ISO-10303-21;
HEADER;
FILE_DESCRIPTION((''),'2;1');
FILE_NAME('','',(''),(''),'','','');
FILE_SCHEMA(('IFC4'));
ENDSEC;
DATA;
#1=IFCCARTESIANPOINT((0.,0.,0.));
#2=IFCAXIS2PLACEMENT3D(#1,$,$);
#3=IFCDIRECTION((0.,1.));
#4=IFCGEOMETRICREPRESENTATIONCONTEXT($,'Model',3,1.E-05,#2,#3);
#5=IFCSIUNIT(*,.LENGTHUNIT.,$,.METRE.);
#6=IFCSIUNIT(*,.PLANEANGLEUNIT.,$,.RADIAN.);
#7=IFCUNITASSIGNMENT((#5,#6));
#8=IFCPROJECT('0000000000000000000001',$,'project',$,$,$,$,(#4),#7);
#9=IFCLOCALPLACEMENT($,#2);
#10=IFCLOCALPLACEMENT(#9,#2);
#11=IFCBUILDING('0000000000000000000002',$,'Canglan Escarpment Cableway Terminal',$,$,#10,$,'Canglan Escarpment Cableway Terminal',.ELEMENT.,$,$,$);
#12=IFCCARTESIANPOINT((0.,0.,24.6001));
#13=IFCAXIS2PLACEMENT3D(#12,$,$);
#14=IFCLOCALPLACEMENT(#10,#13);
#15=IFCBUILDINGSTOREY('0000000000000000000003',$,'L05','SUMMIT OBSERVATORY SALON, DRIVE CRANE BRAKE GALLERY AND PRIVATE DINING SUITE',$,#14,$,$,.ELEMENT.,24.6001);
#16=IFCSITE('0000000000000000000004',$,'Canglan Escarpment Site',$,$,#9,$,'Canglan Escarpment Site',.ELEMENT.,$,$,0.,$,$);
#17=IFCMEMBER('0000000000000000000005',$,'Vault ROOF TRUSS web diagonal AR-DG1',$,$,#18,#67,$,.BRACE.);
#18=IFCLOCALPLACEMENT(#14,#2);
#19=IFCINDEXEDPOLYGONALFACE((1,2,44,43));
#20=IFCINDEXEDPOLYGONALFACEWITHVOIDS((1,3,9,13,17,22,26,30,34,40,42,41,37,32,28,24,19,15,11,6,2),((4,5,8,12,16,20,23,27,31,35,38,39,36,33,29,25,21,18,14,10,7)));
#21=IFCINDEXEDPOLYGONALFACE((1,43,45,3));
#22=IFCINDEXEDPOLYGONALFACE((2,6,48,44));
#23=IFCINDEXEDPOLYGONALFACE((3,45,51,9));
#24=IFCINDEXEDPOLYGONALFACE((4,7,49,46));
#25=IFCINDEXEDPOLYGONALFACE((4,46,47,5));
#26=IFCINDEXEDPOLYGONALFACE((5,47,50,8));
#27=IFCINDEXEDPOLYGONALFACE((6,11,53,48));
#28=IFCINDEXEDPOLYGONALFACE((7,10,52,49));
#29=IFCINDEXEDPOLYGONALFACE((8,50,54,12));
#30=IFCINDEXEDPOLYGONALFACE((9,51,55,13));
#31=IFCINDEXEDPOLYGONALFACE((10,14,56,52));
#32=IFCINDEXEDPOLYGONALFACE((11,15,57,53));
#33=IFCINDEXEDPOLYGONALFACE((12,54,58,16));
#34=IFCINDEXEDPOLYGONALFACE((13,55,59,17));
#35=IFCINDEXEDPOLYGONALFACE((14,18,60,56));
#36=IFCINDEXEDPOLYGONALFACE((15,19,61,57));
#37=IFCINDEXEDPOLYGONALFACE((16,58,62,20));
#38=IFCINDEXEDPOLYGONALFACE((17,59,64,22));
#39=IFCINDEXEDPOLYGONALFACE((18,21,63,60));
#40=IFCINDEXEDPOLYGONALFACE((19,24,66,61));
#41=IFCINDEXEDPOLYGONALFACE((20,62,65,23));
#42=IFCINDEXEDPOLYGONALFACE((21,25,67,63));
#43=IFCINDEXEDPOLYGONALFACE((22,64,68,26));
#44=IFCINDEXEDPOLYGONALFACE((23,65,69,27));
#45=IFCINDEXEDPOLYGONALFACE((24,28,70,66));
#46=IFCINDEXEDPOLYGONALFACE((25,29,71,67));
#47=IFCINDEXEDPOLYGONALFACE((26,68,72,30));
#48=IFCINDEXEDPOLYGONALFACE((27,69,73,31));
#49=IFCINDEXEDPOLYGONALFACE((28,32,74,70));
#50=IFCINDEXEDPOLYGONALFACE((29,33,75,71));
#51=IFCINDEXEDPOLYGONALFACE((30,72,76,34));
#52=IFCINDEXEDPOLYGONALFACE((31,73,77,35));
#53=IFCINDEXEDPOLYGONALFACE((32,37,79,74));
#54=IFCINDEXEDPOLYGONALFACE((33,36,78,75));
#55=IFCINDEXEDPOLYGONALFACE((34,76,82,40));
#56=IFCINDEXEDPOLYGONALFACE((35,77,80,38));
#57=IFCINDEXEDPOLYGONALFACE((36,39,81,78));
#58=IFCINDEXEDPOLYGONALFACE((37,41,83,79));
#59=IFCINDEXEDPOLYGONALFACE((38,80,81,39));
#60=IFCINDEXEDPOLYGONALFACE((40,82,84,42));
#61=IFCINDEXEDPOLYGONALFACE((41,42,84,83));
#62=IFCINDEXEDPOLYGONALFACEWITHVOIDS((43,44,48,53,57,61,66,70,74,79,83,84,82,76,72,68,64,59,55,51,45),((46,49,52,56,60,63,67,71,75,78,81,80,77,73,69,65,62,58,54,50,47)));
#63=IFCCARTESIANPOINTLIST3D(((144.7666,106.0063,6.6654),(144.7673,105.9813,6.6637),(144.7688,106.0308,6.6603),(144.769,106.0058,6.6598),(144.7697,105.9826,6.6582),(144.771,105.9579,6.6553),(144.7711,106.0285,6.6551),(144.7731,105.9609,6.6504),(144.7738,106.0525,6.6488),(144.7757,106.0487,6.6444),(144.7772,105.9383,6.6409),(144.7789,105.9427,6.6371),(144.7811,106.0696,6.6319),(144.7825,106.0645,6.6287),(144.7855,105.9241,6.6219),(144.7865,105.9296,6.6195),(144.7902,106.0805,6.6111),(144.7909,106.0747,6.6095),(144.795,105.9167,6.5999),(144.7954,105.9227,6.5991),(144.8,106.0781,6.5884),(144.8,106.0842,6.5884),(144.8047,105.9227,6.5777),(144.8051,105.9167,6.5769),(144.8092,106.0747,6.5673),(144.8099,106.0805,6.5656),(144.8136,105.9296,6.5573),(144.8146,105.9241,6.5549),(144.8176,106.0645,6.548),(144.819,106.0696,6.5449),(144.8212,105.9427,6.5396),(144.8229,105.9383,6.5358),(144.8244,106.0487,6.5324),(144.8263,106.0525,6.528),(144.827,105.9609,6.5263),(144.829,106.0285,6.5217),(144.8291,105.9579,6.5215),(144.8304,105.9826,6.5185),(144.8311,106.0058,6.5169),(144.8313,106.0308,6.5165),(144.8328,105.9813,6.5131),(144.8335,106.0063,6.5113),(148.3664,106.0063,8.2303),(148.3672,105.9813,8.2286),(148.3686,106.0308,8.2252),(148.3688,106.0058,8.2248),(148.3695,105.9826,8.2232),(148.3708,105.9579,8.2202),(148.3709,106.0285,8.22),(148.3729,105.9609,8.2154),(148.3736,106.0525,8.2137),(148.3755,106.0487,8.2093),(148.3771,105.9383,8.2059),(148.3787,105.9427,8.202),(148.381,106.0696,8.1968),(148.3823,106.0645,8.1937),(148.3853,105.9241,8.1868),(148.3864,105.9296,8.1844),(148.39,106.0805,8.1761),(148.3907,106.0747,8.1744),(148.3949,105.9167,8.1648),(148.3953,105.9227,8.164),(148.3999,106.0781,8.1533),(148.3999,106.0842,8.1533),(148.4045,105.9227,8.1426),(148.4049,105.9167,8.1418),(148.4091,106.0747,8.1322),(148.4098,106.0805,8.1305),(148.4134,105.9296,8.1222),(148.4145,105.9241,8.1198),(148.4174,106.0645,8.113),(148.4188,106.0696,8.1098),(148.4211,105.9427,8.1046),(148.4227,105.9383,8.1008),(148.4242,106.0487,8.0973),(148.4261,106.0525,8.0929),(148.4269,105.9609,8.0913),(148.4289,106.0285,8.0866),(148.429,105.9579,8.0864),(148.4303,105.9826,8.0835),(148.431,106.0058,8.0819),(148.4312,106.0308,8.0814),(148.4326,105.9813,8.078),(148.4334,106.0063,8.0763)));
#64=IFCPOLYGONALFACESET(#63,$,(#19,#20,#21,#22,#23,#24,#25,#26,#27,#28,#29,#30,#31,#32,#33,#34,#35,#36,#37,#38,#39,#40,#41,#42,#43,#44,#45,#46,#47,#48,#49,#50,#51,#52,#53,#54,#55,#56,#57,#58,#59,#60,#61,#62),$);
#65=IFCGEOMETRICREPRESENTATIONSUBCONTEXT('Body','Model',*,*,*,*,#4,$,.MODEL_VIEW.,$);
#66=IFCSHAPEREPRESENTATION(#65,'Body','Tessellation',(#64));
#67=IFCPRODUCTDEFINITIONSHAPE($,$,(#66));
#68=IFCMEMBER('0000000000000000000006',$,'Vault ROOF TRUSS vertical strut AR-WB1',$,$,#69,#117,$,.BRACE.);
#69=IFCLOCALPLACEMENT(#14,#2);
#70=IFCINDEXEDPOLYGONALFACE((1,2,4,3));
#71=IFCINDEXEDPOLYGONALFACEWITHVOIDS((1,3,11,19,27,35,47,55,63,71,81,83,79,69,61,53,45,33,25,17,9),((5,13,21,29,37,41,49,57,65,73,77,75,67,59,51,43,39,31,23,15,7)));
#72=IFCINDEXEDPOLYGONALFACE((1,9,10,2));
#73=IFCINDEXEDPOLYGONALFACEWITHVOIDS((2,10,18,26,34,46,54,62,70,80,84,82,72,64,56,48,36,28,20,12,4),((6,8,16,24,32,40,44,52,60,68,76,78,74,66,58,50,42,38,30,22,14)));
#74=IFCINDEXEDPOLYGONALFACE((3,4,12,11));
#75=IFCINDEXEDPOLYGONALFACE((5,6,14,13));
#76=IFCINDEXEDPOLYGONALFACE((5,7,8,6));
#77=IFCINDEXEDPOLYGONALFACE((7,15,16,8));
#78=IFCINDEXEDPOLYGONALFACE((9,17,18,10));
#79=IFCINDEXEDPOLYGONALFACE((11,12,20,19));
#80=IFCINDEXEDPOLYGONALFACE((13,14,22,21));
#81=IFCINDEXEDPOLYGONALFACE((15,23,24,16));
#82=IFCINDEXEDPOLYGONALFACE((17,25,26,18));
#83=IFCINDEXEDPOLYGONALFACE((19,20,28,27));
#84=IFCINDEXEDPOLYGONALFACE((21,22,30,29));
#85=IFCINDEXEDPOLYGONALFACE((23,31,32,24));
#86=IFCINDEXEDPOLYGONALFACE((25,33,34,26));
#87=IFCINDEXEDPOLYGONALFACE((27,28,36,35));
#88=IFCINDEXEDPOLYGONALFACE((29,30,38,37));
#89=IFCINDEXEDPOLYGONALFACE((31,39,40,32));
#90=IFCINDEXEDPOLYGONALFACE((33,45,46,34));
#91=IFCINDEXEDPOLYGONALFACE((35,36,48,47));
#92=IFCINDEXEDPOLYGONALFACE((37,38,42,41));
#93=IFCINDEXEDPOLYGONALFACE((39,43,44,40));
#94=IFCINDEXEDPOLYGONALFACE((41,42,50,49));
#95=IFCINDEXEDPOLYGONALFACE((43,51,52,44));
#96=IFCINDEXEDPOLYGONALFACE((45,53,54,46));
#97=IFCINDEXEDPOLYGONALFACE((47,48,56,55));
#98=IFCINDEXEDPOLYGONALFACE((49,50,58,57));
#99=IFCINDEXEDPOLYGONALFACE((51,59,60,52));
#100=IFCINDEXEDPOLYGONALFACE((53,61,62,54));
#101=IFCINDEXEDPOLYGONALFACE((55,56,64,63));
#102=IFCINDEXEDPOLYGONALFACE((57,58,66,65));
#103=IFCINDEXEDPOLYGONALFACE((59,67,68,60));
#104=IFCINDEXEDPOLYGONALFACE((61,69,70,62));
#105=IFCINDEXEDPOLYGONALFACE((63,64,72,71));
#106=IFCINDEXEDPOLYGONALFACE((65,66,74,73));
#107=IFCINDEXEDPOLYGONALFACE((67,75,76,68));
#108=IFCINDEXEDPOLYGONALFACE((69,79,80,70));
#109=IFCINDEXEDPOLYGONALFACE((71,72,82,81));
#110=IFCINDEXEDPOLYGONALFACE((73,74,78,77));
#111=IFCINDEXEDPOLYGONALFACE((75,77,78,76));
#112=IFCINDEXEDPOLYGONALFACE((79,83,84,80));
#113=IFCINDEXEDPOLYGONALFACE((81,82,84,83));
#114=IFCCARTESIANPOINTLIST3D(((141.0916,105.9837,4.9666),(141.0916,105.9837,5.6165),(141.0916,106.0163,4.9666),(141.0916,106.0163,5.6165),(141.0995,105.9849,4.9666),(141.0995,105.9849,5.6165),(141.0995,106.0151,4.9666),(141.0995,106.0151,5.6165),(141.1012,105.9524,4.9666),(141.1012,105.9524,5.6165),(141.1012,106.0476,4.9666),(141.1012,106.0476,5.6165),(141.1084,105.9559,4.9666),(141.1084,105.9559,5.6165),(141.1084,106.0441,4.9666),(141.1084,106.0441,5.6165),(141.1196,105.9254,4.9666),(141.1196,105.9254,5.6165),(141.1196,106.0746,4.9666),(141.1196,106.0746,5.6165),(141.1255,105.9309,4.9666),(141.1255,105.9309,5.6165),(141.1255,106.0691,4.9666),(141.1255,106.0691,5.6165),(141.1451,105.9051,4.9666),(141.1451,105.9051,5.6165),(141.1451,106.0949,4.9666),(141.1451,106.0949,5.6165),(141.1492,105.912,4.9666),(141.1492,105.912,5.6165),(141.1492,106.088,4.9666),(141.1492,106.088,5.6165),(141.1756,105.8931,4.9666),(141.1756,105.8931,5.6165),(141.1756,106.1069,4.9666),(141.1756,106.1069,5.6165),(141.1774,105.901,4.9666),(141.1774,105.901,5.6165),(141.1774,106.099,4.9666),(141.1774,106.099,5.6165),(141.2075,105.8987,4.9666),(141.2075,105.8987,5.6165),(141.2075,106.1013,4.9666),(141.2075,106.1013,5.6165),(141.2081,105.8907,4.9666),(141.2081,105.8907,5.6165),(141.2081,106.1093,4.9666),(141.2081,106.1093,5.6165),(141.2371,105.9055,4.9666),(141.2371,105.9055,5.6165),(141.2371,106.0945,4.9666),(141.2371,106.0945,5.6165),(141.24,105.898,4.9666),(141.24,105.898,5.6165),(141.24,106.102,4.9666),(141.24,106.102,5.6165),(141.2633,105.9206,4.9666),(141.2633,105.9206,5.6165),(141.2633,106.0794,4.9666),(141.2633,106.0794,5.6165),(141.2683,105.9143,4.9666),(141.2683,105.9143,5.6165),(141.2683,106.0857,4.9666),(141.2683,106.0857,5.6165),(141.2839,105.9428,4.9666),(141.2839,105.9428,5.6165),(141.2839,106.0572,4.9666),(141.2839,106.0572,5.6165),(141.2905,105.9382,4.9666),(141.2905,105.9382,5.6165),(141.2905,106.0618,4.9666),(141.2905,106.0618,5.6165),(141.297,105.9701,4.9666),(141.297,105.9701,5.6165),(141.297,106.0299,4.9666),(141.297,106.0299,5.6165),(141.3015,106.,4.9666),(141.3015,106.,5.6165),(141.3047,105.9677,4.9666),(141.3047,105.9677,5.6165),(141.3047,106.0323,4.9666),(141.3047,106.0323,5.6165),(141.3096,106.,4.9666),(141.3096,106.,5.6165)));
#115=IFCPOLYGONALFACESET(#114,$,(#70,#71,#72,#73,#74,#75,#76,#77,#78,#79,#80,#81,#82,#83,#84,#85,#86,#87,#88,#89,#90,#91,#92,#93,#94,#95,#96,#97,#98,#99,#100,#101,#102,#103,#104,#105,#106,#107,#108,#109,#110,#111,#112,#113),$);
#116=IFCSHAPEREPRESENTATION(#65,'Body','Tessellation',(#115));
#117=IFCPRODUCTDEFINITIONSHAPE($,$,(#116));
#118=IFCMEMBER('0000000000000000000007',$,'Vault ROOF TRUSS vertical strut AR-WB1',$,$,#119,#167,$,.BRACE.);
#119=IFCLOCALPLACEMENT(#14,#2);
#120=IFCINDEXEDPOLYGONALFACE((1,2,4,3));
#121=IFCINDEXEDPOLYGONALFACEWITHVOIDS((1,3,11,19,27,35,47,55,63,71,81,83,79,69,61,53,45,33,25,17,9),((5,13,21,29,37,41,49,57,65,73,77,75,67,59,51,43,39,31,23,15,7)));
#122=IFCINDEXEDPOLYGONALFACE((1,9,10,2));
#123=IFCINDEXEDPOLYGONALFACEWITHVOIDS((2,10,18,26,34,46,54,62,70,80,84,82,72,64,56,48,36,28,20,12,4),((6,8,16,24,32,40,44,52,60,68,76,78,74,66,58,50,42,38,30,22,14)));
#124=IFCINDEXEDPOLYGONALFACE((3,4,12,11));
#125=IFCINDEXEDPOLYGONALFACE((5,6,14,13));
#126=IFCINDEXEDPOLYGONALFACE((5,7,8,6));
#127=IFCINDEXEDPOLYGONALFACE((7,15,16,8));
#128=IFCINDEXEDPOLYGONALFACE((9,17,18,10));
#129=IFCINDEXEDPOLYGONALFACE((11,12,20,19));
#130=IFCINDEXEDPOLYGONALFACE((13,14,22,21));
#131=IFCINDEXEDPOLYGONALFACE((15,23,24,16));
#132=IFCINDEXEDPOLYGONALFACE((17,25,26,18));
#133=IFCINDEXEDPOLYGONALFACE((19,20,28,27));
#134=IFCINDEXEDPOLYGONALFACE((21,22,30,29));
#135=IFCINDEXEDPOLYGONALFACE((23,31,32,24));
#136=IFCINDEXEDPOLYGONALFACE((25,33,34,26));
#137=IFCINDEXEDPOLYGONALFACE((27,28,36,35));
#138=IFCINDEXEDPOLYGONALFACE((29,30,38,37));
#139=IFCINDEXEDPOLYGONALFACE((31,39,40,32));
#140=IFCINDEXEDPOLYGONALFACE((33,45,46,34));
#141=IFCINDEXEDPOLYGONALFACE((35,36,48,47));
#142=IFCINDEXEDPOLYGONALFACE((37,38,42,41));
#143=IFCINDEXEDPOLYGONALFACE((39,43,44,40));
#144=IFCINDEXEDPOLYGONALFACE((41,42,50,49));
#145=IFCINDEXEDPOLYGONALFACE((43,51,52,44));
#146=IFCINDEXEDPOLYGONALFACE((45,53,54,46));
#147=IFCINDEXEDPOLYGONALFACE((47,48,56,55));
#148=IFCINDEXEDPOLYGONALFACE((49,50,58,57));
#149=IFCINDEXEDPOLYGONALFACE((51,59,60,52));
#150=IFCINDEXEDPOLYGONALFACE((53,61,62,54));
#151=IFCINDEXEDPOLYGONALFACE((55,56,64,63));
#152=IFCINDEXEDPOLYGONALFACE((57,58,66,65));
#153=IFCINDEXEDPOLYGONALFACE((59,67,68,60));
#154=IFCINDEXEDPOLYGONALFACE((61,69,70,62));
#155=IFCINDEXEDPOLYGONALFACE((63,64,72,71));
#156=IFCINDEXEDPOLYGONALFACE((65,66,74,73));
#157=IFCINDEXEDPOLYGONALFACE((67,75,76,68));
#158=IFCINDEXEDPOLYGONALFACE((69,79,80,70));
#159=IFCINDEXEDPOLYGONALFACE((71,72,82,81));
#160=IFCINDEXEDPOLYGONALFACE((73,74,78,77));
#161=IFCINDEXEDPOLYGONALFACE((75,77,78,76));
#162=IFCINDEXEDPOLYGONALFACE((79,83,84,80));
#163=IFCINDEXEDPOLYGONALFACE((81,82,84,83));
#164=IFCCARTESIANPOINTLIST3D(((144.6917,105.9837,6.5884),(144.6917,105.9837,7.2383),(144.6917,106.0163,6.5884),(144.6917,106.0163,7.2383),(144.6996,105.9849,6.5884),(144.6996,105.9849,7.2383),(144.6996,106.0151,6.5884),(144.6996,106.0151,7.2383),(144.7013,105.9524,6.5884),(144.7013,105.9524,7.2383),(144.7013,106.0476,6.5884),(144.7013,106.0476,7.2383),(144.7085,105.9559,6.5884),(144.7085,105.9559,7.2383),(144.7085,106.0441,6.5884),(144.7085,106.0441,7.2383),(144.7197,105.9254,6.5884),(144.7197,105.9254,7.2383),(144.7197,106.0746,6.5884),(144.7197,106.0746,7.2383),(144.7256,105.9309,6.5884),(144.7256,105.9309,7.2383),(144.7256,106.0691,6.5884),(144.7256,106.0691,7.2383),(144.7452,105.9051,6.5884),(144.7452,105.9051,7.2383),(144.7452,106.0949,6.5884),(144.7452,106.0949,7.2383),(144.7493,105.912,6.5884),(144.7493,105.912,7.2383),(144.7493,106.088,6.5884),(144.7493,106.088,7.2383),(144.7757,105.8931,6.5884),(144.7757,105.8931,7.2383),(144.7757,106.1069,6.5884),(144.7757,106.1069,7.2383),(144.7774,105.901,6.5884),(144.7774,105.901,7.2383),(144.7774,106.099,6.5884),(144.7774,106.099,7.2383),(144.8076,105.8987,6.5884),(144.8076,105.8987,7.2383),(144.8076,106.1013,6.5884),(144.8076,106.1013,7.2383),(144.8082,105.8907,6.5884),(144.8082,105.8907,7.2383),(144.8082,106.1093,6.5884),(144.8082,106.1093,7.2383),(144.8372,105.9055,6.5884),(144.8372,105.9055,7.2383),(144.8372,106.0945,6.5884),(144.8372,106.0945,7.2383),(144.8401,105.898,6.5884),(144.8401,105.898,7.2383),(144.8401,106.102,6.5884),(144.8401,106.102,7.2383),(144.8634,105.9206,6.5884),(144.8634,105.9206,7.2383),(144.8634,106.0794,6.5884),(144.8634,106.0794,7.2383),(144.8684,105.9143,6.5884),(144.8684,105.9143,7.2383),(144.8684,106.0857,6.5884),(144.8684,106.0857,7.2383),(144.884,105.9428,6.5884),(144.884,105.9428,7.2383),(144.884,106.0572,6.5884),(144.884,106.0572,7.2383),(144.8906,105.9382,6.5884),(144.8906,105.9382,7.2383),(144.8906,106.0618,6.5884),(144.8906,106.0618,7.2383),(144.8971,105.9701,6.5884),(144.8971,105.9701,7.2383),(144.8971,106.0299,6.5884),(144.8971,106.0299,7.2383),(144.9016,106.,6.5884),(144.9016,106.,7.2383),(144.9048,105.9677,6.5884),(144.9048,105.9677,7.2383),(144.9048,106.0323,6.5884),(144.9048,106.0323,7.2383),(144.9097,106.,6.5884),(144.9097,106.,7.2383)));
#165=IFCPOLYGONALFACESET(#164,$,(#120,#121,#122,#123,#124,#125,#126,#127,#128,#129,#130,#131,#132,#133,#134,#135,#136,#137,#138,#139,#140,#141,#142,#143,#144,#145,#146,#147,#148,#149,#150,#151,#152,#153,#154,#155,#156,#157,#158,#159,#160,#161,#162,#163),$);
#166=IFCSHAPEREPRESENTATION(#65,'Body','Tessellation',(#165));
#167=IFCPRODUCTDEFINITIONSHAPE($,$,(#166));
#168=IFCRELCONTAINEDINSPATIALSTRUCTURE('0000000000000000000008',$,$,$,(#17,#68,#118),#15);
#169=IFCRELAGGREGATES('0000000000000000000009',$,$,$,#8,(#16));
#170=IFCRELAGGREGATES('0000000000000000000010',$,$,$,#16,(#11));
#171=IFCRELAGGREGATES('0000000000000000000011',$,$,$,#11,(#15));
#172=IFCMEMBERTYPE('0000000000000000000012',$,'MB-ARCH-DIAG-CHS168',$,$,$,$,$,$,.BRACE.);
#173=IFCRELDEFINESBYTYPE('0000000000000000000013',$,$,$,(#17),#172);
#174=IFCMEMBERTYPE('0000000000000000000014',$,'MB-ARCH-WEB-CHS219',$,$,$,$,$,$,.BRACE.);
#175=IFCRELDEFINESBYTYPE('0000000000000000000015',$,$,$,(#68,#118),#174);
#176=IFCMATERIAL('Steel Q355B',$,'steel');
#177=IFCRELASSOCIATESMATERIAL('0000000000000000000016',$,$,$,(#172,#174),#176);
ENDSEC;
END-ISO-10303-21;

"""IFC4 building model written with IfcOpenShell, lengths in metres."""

from ifc_helpers import new_model, si_unit, direction, frame, origin, origin_2d, place, context, subcontext, project, spatial, hollow_circle, extrude, material, material_profile, profile_set, type_object, element, save


model = new_model("IFC4")

# Units and contexts
model_context = context("Model", 3, precision=1e-05, world=origin(), true_north=direction((0.0, 1.0)))
body_context = subcontext(model_context, "Body", "Model", "MODEL_VIEW")
ifc_project = project(units=[si_unit("LENGTHUNIT", "METRE"), si_unit("PLANEANGLEUNIT", "RADIAN")], contexts=[model_context])

# Site, building, storey
site_placement = place(None, origin())
site = spatial("IfcSite", under=ifc_project, at=site_placement, Name="Canglan Escarpment Site", LongName="Canglan Escarpment Site", CompositionType="ELEMENT", RefElevation=0.0)
building_placement = place(site_placement, origin())
building = spatial("IfcBuilding", under=site, at=building_placement, Name="Canglan Escarpment Cableway Terminal", LongName="Canglan Escarpment Cableway Terminal", CompositionType="ELEMENT")
storey_placement = place(building_placement, frame((0.0, 0.0, 24.6001)))
storey = spatial("IfcBuildingStorey", under=building, at=storey_placement, Name="L05", Description="SUMMIT OBSERVATORY SALON, DRIVE CRANE BRAKE GALLERY AND PRIVATE DINING SUITE", CompositionType="ELEMENT", Elevation=24.6001)

# Shared definitions
ifc_material_1 = material(Name="Steel Q355B", Category="steel")

# Members
ifc_material_profile_1 = material_profile(ifc_material_1, hollow_circle(Radius=0.0842, WallThickness=0.0061, at=origin_2d()), Name="CHS 168.3x6")
ifc_profile_set_1 = profile_set([ifc_material_profile_1], Name="Steel Q355B")
member_type_1 = type_object("IfcMemberType", Name="MB-ARCH-DIAG-CHS168", PredefinedType="BRACE", material=ifc_profile_set_1)
member_1_placement = place(storey_placement, frame((144.8, 106.0, 6.5884), z_axis=(0.91709, 0.0, 0.398681), x_axis=(0.0, 1.0, 0.0)))
element("IfcMember", 1, at=member_1_placement, inside=storey, type_object=member_type_1, Name="Vault ROOF TRUSS web diagonal AR-DG1", PredefinedType="BRACE", context=body_context, shape_type="SweptSolid", body=[
    extrude(hollow_circle(Radius=0.0842, WallThickness=0.0061, at=origin_2d()), origin(), (0.0, 0.0, 1.0), 3.9253),
])
ifc_material_profile_2 = material_profile(ifc_material_1, hollow_circle(Radius=0.1096, WallThickness=0.0081, at=origin_2d()), Name="CHS 219.1x8")
ifc_profile_set_2 = profile_set([ifc_material_profile_2], Name="Steel Q355B")
member_type_2 = type_object("IfcMemberType", Name="MB-ARCH-WEB-CHS219", PredefinedType="BRACE", material=ifc_profile_set_2)
for number, where, z_axis, x_axis, name in (
    (2, (141.2, 106.0, 4.9666), (0.0, 0.0, 1.0), (1.0, 0.0, 0.0), "Vault ROOF TRUSS vertical strut AR-WB1"),
    (3, (144.8, 106.0, 6.5884), (0.0, 0.0, 1.0), (1.0, 0.0, 0.0), "Vault ROOF TRUSS vertical strut AR-WB1"),
):
    element("IfcMember", number, at=place(storey_placement, frame(where, z_axis=z_axis, x_axis=x_axis)), inside=storey, type_object=member_type_2, Name=name, PredefinedType="BRACE", context=body_context, shape_type="SweptSolid", body=[
        extrude(hollow_circle(Radius=0.1096, WallThickness=0.0081, at=origin_2d()), origin(), (0.0, 0.0, 1.0), 0.6499),
    ])

save(model, "model.ifc")
